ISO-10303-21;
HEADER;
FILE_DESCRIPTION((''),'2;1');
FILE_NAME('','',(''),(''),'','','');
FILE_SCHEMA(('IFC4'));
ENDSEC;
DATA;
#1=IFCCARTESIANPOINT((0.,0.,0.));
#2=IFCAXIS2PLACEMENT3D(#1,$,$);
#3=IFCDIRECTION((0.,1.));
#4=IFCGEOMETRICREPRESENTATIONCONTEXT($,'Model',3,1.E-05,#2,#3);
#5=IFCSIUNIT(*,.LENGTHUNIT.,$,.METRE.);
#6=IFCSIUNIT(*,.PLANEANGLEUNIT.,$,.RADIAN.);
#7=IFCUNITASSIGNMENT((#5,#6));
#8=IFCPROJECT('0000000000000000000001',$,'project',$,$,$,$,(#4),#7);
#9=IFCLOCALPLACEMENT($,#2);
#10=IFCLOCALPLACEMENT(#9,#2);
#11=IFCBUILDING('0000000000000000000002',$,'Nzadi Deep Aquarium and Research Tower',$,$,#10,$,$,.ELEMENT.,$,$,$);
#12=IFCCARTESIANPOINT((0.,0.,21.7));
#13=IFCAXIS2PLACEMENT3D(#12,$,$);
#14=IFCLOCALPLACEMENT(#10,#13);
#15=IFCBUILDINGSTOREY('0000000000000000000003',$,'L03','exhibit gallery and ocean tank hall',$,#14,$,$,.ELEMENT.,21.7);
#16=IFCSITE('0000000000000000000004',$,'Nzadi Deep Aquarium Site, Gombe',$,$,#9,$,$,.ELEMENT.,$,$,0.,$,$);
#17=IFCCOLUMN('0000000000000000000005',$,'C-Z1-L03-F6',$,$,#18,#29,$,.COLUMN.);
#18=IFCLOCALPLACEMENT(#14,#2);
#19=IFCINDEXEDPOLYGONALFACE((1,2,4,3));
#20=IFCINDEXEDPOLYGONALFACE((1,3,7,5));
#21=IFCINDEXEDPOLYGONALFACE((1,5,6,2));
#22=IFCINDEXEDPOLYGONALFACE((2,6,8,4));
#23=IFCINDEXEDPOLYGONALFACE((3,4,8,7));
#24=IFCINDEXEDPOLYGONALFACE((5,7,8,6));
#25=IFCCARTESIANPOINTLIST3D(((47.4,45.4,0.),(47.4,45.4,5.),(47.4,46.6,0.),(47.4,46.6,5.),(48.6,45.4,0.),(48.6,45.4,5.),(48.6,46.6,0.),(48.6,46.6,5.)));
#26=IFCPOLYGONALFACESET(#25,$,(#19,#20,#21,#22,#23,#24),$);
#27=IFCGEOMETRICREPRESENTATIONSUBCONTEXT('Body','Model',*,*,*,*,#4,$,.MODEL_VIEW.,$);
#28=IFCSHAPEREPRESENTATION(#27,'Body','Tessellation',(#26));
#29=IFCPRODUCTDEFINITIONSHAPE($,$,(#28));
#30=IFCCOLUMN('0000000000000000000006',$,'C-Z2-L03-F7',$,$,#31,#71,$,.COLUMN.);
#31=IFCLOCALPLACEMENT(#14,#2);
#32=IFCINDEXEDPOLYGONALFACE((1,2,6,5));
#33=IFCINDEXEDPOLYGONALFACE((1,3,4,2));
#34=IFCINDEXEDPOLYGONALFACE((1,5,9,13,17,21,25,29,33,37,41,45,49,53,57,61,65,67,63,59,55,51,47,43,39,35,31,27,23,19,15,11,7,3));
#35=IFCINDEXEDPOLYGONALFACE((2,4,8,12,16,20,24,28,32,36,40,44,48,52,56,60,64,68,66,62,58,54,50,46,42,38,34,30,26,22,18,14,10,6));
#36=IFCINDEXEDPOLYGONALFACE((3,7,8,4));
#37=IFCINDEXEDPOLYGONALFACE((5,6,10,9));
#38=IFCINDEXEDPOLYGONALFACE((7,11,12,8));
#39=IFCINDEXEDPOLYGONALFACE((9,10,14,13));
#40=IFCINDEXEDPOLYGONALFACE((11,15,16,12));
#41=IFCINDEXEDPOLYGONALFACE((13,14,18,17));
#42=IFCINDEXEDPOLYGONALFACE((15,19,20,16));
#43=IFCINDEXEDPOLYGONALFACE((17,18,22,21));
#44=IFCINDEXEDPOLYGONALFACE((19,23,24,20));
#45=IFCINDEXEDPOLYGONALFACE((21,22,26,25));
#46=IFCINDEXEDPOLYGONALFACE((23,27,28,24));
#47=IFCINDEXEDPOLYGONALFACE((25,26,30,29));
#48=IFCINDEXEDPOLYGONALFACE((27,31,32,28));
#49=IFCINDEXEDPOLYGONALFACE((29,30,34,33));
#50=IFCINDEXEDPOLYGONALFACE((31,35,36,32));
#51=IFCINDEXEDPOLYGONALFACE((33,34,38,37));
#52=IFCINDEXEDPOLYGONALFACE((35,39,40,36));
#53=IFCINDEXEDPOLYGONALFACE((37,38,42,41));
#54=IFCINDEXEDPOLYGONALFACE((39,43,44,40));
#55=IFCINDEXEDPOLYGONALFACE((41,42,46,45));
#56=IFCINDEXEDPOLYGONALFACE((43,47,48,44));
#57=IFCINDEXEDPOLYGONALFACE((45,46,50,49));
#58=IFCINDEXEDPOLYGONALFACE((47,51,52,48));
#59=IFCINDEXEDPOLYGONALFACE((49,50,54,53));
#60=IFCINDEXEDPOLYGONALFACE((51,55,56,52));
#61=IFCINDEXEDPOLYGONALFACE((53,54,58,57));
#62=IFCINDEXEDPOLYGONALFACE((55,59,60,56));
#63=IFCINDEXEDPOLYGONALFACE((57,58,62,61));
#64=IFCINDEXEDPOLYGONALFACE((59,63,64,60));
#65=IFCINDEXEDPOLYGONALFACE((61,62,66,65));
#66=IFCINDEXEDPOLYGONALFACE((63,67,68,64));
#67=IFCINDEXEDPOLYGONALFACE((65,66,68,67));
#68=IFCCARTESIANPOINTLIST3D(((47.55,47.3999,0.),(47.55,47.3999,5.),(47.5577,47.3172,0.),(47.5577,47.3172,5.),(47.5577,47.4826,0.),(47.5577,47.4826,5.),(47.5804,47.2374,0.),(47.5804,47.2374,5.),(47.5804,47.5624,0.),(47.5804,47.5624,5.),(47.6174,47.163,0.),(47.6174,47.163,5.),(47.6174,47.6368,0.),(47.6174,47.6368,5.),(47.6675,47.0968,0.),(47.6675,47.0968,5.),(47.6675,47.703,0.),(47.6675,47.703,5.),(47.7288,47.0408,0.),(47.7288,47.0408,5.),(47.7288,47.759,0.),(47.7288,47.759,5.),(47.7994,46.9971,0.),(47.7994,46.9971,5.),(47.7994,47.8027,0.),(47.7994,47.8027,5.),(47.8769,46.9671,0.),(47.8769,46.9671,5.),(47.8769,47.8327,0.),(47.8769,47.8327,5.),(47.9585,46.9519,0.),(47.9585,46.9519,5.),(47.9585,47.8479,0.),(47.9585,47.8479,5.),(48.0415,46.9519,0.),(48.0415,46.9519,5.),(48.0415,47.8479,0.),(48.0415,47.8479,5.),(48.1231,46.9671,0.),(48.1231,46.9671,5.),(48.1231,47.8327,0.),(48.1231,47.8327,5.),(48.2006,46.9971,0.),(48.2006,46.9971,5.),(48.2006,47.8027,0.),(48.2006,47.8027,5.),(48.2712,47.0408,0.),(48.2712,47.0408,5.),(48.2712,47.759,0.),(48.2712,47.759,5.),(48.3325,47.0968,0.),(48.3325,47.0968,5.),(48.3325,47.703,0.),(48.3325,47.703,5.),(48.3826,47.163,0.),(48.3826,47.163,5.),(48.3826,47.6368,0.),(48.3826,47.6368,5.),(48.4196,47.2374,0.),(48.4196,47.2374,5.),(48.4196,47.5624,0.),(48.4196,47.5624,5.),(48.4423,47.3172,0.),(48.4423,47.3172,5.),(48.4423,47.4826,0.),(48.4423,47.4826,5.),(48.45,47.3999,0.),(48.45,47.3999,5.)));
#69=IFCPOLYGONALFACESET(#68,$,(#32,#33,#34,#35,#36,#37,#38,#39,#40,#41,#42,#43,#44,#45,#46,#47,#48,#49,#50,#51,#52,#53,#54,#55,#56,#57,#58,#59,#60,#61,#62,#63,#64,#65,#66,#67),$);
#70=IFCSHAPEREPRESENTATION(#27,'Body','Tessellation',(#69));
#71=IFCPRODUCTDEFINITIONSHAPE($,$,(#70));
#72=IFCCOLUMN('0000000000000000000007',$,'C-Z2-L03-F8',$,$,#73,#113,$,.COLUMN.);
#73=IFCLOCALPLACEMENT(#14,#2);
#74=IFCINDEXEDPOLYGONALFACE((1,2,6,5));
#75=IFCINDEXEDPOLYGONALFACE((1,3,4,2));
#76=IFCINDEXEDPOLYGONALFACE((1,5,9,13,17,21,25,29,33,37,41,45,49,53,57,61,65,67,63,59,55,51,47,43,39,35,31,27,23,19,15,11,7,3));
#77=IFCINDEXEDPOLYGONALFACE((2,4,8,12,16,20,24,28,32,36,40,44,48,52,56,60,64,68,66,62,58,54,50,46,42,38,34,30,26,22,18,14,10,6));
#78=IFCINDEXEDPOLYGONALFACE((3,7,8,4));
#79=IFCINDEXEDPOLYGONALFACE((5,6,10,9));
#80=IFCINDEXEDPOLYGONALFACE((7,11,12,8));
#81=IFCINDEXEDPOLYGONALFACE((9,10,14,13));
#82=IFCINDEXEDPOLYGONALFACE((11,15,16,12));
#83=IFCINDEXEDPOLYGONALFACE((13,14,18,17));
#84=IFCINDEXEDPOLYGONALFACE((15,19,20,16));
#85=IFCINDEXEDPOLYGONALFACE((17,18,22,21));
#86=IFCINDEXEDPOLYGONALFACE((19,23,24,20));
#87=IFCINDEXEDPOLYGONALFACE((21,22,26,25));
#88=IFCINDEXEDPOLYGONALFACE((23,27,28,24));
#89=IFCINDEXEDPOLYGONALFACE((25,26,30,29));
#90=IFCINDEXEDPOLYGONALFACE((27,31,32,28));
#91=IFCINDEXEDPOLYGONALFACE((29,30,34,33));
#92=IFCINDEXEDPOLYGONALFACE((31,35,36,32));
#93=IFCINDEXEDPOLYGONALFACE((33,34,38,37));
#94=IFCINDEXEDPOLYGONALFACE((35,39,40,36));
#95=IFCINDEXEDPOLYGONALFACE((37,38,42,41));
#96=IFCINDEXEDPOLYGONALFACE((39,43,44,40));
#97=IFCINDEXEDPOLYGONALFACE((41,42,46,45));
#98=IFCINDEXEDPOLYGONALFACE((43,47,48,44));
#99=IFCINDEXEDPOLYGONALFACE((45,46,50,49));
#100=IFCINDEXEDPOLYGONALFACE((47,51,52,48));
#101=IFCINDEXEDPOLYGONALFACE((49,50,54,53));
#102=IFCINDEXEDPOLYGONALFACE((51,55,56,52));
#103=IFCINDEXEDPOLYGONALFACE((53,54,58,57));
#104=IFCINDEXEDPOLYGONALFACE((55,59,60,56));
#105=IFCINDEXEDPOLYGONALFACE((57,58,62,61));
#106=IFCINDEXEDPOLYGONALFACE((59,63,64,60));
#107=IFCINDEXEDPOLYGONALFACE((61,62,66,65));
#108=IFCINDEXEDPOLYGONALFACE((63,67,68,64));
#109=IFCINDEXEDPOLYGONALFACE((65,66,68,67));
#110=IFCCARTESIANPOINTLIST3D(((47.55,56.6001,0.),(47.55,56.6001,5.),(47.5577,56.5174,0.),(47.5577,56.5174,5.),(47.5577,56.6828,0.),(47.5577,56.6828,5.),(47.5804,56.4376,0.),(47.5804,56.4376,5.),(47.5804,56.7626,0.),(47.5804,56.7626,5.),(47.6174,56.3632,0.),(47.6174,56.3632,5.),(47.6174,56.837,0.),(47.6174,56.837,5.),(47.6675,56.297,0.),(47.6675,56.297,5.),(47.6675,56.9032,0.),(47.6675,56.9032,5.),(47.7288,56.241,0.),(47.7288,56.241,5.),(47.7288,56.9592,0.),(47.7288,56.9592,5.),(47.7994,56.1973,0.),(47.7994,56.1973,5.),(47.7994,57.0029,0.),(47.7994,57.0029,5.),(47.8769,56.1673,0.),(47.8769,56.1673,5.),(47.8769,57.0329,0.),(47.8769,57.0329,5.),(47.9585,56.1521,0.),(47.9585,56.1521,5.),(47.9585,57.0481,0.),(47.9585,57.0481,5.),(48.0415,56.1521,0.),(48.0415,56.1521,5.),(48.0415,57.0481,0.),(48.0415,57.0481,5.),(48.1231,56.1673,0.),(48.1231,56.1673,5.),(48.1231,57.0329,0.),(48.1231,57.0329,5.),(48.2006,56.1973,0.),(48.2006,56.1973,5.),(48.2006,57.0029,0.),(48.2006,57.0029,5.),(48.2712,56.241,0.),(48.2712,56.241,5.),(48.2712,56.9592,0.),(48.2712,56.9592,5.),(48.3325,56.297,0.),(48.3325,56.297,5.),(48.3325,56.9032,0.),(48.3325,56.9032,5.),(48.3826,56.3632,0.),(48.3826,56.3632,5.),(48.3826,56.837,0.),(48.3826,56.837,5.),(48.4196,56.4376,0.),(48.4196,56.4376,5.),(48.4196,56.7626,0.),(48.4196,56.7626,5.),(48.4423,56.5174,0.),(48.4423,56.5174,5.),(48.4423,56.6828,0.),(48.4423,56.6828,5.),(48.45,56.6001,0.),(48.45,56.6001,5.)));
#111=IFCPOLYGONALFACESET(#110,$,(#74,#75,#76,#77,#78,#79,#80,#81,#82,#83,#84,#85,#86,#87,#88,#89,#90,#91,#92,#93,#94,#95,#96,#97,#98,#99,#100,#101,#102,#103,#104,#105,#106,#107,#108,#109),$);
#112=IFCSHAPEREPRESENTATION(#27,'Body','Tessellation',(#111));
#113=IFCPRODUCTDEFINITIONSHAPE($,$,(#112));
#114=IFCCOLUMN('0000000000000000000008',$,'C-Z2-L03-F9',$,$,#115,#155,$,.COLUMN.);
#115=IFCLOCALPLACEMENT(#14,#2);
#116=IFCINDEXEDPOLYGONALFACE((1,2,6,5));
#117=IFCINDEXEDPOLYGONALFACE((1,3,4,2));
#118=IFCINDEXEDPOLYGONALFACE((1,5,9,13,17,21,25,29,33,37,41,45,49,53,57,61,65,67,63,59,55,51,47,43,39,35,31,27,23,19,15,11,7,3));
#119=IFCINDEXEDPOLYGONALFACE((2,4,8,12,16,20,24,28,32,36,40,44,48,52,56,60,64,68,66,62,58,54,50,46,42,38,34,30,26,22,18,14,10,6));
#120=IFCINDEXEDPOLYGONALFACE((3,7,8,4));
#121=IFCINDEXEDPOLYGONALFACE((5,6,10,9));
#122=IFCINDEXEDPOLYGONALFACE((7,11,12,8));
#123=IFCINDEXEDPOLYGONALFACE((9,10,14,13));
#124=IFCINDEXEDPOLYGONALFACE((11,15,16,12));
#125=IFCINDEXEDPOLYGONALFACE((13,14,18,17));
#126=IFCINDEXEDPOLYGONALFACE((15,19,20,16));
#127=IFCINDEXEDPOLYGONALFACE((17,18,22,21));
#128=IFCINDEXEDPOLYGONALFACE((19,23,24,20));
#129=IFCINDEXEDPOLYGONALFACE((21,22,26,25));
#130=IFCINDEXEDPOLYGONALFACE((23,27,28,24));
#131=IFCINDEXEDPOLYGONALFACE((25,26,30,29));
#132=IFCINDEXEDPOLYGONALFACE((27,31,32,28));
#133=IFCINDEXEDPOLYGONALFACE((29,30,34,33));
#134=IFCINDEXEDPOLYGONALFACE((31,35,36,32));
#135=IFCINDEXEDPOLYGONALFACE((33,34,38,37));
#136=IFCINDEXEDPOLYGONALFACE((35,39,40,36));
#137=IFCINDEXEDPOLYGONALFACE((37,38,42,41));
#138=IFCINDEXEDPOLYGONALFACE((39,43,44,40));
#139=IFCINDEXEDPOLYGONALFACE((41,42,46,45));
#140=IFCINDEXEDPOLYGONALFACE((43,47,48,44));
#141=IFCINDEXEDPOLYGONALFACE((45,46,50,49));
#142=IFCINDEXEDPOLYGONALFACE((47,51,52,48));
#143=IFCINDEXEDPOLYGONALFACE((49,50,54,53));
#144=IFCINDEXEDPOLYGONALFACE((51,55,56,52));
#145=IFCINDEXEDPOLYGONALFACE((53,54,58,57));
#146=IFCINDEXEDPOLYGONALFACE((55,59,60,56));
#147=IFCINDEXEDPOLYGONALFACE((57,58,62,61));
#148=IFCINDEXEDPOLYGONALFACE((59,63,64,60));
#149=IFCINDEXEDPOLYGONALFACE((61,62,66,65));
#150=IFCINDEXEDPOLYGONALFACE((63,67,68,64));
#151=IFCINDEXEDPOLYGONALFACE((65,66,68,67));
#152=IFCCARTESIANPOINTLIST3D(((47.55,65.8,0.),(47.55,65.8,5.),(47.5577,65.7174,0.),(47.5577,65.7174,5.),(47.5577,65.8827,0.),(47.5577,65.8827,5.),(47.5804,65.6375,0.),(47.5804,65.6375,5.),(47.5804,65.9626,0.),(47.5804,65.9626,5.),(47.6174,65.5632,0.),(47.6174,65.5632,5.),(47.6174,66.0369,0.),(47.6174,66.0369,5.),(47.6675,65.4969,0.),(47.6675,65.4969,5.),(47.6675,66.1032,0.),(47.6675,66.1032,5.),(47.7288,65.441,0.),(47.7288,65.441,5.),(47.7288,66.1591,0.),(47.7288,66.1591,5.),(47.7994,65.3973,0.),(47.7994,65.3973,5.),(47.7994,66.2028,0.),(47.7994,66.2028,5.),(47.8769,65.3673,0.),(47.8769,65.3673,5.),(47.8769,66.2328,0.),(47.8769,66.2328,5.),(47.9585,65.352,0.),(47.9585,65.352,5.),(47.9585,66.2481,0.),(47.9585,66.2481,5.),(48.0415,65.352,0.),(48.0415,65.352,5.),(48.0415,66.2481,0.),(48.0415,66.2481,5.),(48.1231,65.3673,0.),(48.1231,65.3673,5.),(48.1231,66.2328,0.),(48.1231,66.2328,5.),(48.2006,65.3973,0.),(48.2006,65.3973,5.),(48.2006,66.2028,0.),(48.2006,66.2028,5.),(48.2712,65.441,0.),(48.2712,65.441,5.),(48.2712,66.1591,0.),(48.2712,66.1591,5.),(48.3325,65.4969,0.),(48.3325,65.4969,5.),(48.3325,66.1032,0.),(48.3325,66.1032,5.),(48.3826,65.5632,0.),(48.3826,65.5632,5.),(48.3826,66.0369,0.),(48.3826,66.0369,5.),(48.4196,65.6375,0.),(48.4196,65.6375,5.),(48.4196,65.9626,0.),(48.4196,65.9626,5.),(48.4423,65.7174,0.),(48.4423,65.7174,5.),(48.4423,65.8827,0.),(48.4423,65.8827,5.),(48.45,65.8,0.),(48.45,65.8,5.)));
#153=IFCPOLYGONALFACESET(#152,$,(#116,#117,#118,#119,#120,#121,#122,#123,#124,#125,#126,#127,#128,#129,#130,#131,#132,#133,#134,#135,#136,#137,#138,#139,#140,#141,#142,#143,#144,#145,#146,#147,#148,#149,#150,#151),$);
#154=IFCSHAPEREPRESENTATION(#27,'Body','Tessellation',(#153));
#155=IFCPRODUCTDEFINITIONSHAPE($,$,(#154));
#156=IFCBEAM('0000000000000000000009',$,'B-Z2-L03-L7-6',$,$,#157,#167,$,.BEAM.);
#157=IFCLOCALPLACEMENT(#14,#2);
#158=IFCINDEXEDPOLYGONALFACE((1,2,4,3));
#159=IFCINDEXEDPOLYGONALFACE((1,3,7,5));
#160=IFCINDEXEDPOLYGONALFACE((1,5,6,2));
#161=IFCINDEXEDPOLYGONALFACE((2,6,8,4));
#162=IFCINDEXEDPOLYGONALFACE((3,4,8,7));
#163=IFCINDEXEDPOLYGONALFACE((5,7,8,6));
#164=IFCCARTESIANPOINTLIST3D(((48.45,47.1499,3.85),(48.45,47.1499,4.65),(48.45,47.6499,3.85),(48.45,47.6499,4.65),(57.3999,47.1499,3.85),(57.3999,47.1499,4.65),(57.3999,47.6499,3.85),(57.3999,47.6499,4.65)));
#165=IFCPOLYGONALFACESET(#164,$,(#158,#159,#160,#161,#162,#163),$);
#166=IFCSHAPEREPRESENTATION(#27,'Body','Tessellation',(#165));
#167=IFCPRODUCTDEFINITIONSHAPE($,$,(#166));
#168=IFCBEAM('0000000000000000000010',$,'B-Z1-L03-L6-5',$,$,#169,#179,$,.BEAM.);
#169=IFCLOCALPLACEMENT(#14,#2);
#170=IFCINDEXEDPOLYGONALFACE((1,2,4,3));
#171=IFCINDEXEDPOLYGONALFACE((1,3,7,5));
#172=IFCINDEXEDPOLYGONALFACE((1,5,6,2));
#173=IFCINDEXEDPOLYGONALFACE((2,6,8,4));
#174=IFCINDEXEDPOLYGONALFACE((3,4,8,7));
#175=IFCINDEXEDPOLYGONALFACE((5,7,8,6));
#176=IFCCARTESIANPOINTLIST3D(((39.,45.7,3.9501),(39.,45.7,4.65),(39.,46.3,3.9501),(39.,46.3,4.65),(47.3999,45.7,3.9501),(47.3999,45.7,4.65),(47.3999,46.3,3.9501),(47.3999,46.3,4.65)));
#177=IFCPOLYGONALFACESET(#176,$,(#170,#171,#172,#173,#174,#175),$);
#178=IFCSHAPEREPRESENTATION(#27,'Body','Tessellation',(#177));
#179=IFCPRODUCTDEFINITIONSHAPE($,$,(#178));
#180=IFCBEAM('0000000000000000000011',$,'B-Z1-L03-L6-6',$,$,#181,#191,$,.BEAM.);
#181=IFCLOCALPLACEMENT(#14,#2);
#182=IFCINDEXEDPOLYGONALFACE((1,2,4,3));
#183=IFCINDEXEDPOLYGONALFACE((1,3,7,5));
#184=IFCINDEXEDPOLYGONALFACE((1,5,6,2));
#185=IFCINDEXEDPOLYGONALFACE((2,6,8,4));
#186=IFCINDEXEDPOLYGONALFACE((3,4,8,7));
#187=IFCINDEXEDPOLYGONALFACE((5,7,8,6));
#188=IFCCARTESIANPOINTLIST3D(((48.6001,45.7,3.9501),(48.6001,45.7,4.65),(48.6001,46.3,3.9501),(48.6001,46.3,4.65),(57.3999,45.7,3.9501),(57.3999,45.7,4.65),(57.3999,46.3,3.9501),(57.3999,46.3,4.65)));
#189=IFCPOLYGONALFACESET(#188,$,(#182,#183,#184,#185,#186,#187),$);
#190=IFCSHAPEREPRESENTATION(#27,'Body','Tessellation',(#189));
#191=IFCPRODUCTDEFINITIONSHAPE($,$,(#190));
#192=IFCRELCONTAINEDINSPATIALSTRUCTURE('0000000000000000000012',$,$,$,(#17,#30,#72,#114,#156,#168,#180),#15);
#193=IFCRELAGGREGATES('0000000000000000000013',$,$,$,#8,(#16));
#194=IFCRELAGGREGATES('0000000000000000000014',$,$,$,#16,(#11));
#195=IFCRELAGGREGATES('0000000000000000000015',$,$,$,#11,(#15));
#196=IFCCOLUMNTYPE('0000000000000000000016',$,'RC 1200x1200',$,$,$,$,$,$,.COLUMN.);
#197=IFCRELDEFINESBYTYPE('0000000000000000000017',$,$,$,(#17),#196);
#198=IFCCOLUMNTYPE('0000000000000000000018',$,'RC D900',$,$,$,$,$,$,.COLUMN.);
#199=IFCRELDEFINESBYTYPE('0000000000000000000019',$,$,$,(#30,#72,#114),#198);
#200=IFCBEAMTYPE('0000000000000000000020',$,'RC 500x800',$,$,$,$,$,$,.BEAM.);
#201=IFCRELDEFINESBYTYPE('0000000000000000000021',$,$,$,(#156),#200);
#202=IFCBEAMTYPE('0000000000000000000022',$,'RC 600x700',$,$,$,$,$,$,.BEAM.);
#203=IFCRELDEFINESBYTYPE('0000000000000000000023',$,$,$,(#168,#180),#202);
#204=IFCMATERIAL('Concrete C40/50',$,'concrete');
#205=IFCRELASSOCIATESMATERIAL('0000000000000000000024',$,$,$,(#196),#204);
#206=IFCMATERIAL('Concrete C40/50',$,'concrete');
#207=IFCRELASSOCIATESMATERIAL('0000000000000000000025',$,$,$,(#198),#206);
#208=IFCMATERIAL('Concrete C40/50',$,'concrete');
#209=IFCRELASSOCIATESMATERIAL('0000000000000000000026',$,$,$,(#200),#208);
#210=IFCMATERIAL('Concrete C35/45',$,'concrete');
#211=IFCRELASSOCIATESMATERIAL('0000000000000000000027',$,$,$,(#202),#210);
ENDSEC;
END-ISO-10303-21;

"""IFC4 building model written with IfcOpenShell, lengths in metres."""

from ifc_helpers import new_model, si_unit, direction, frame, origin, origin_2d, place, context, subcontext, project, spatial, rectangle, circle, extrude, material, material_profile, profile_set, type_object, element, save


model = new_model("IFC4")

# Units and contexts
model_context = context("Model", 3, precision=1e-05, world=origin(), true_north=direction((0.0, 1.0)))
body_context = subcontext(model_context, "Body", "Model", "MODEL_VIEW")
ifc_project = project(units=[si_unit("LENGTHUNIT", "METRE"), si_unit("PLANEANGLEUNIT", "RADIAN")], contexts=[model_context])

# Site, building, storey
site_placement = place(None, origin())
site = spatial("IfcSite", under=ifc_project, at=site_placement, Name="Nzadi Deep Aquarium Site, Gombe", CompositionType="ELEMENT", RefElevation=0.0)
building_placement = place(site_placement, origin())
building = spatial("IfcBuilding", under=site, at=building_placement, Name="Nzadi Deep Aquarium and Research Tower", CompositionType="ELEMENT")
storey_placement = place(building_placement, frame((0.0, 0.0, 21.7)))
storey = spatial("IfcBuildingStorey", under=building, at=storey_placement, Name="L03", Description="exhibit gallery and ocean tank hall", CompositionType="ELEMENT", Elevation=21.7)

# Columns
ifc_material_1 = material(Name="Concrete C40/50", Category="concrete")
ifc_material_profile_1 = material_profile(ifc_material_1, rectangle(XDim=1.2, YDim=1.2, at=origin_2d()))
ifc_profile_set_1 = profile_set([ifc_material_profile_1], Name="Concrete C40/50")
column_type_1 = type_object("IfcColumnType", Name="RC 1200x1200", PredefinedType="COLUMN", material=ifc_profile_set_1)
column_placement = place(storey_placement, frame((48.0, 46.0, 0.0), z_axis=(0.0, 0.0, 1.0), x_axis=(1.0, 0.0, 0.0)))
element("IfcColumn", 1, at=column_placement, inside=storey, type_object=column_type_1, Name="C-Z1-L03-F6", PredefinedType="COLUMN", context=body_context, shape_type="SweptSolid", body=[
    extrude(rectangle(XDim=1.2, YDim=1.2, at=origin_2d()), origin(), (0.0, 0.0, 1.0), 5.0),
])
ifc_material_2 = material(Name="Concrete C40/50", Category="concrete")
ifc_material_profile_2 = material_profile(ifc_material_2, circle(Radius=0.45, at=origin_2d()))
ifc_profile_set_2 = profile_set([ifc_material_profile_2], Name="Concrete C40/50")
column_type_2 = type_object("IfcColumnType", Name="RC D900", PredefinedType="COLUMN", material=ifc_profile_set_2)
for number, where, z_axis, x_axis, name in (
    (2, (48.0, 47.3999, 0.0), (0.0, 0.0, 1.0), (1.0, 0.0, 0.0), "C-Z2-L03-F7"),
    (3, (48.0, 56.6001, 0.0), (0.0, 0.0, 1.0), (1.0, 0.0, 0.0), "C-Z2-L03-F8"),
    (4, (48.0, 65.8, 0.0), (0.0, 0.0, 1.0), (1.0, 0.0, 0.0), "C-Z2-L03-F9"),
):
    element("IfcColumn", number, at=place(storey_placement, frame(where, z_axis=z_axis, x_axis=x_axis)), inside=storey, type_object=column_type_2, Name=name, PredefinedType="COLUMN", context=body_context, shape_type="SweptSolid", body=[
        extrude(circle(Radius=0.45, at=origin_2d()), origin(), (0.0, 0.0, 1.0), 5.0),
    ])

# Beams
ifc_material_3 = material(Name="Concrete C40/50", Category="concrete")
ifc_material_profile_3 = material_profile(ifc_material_3, rectangle(XDim=0.5, YDim=0.8, at=origin_2d()))
ifc_profile_set_3 = profile_set([ifc_material_profile_3], Name="Concrete C40/50")
beam_type_1 = type_object("IfcBeamType", Name="RC 500x800", PredefinedType="BEAM", material=ifc_profile_set_3)
beam_1_placement = place(storey_placement, frame((48.45, 47.3999, 4.25), z_axis=(1.0, 0.0, 0.0), x_axis=(0.0, 1.0, 0.0)))
element("IfcBeam", 5, at=beam_1_placement, inside=storey, type_object=beam_type_1, Name="B-Z2-L03-L7-6", PredefinedType="BEAM", context=body_context, shape_type="SweptSolid", body=[
    extrude(rectangle(XDim=0.5, YDim=0.8, at=origin_2d()), origin(), (0.0, 0.0, 1.0), 8.95),
])
ifc_material_4 = material(Name="Concrete C35/45", Category="concrete")
ifc_material_profile_4 = material_profile(ifc_material_4, rectangle(XDim=0.6001, YDim=0.7, at=origin_2d()))
ifc_profile_set_4 = profile_set([ifc_material_profile_4], Name="Concrete C35/45")
beam_type_2 = type_object("IfcBeamType", Name="RC 600x700", PredefinedType="BEAM", material=ifc_profile_set_4)
beam_2_placement = place(storey_placement, frame((39.0, 46.0, 4.3), z_axis=(1.0, 0.0, 0.0), x_axis=(0.0, 1.0, 0.0)))
element("IfcBeam", 6, at=beam_2_placement, inside=storey, type_object=beam_type_2, Name="B-Z1-L03-L6-5", PredefinedType="BEAM", context=body_context, shape_type="SweptSolid", body=[
    extrude(rectangle(XDim=0.6001, YDim=0.7, at=origin_2d()), origin(), (0.0, 0.0, 1.0), 8.3999),
])
beam_3_placement = place(storey_placement, frame((48.6001, 46.0, 4.3), z_axis=(1.0, 0.0, 0.0), x_axis=(0.0, 1.0, 0.0)))
element("IfcBeam", 7, at=beam_3_placement, inside=storey, type_object=beam_type_2, Name="B-Z1-L03-L6-6", PredefinedType="BEAM", context=body_context, shape_type="SweptSolid", body=[
    extrude(rectangle(XDim=0.6001, YDim=0.7, at=origin_2d()), origin(), (0.0, 0.0, 1.0), 8.7998),
])

save(model, "model.ifc")
